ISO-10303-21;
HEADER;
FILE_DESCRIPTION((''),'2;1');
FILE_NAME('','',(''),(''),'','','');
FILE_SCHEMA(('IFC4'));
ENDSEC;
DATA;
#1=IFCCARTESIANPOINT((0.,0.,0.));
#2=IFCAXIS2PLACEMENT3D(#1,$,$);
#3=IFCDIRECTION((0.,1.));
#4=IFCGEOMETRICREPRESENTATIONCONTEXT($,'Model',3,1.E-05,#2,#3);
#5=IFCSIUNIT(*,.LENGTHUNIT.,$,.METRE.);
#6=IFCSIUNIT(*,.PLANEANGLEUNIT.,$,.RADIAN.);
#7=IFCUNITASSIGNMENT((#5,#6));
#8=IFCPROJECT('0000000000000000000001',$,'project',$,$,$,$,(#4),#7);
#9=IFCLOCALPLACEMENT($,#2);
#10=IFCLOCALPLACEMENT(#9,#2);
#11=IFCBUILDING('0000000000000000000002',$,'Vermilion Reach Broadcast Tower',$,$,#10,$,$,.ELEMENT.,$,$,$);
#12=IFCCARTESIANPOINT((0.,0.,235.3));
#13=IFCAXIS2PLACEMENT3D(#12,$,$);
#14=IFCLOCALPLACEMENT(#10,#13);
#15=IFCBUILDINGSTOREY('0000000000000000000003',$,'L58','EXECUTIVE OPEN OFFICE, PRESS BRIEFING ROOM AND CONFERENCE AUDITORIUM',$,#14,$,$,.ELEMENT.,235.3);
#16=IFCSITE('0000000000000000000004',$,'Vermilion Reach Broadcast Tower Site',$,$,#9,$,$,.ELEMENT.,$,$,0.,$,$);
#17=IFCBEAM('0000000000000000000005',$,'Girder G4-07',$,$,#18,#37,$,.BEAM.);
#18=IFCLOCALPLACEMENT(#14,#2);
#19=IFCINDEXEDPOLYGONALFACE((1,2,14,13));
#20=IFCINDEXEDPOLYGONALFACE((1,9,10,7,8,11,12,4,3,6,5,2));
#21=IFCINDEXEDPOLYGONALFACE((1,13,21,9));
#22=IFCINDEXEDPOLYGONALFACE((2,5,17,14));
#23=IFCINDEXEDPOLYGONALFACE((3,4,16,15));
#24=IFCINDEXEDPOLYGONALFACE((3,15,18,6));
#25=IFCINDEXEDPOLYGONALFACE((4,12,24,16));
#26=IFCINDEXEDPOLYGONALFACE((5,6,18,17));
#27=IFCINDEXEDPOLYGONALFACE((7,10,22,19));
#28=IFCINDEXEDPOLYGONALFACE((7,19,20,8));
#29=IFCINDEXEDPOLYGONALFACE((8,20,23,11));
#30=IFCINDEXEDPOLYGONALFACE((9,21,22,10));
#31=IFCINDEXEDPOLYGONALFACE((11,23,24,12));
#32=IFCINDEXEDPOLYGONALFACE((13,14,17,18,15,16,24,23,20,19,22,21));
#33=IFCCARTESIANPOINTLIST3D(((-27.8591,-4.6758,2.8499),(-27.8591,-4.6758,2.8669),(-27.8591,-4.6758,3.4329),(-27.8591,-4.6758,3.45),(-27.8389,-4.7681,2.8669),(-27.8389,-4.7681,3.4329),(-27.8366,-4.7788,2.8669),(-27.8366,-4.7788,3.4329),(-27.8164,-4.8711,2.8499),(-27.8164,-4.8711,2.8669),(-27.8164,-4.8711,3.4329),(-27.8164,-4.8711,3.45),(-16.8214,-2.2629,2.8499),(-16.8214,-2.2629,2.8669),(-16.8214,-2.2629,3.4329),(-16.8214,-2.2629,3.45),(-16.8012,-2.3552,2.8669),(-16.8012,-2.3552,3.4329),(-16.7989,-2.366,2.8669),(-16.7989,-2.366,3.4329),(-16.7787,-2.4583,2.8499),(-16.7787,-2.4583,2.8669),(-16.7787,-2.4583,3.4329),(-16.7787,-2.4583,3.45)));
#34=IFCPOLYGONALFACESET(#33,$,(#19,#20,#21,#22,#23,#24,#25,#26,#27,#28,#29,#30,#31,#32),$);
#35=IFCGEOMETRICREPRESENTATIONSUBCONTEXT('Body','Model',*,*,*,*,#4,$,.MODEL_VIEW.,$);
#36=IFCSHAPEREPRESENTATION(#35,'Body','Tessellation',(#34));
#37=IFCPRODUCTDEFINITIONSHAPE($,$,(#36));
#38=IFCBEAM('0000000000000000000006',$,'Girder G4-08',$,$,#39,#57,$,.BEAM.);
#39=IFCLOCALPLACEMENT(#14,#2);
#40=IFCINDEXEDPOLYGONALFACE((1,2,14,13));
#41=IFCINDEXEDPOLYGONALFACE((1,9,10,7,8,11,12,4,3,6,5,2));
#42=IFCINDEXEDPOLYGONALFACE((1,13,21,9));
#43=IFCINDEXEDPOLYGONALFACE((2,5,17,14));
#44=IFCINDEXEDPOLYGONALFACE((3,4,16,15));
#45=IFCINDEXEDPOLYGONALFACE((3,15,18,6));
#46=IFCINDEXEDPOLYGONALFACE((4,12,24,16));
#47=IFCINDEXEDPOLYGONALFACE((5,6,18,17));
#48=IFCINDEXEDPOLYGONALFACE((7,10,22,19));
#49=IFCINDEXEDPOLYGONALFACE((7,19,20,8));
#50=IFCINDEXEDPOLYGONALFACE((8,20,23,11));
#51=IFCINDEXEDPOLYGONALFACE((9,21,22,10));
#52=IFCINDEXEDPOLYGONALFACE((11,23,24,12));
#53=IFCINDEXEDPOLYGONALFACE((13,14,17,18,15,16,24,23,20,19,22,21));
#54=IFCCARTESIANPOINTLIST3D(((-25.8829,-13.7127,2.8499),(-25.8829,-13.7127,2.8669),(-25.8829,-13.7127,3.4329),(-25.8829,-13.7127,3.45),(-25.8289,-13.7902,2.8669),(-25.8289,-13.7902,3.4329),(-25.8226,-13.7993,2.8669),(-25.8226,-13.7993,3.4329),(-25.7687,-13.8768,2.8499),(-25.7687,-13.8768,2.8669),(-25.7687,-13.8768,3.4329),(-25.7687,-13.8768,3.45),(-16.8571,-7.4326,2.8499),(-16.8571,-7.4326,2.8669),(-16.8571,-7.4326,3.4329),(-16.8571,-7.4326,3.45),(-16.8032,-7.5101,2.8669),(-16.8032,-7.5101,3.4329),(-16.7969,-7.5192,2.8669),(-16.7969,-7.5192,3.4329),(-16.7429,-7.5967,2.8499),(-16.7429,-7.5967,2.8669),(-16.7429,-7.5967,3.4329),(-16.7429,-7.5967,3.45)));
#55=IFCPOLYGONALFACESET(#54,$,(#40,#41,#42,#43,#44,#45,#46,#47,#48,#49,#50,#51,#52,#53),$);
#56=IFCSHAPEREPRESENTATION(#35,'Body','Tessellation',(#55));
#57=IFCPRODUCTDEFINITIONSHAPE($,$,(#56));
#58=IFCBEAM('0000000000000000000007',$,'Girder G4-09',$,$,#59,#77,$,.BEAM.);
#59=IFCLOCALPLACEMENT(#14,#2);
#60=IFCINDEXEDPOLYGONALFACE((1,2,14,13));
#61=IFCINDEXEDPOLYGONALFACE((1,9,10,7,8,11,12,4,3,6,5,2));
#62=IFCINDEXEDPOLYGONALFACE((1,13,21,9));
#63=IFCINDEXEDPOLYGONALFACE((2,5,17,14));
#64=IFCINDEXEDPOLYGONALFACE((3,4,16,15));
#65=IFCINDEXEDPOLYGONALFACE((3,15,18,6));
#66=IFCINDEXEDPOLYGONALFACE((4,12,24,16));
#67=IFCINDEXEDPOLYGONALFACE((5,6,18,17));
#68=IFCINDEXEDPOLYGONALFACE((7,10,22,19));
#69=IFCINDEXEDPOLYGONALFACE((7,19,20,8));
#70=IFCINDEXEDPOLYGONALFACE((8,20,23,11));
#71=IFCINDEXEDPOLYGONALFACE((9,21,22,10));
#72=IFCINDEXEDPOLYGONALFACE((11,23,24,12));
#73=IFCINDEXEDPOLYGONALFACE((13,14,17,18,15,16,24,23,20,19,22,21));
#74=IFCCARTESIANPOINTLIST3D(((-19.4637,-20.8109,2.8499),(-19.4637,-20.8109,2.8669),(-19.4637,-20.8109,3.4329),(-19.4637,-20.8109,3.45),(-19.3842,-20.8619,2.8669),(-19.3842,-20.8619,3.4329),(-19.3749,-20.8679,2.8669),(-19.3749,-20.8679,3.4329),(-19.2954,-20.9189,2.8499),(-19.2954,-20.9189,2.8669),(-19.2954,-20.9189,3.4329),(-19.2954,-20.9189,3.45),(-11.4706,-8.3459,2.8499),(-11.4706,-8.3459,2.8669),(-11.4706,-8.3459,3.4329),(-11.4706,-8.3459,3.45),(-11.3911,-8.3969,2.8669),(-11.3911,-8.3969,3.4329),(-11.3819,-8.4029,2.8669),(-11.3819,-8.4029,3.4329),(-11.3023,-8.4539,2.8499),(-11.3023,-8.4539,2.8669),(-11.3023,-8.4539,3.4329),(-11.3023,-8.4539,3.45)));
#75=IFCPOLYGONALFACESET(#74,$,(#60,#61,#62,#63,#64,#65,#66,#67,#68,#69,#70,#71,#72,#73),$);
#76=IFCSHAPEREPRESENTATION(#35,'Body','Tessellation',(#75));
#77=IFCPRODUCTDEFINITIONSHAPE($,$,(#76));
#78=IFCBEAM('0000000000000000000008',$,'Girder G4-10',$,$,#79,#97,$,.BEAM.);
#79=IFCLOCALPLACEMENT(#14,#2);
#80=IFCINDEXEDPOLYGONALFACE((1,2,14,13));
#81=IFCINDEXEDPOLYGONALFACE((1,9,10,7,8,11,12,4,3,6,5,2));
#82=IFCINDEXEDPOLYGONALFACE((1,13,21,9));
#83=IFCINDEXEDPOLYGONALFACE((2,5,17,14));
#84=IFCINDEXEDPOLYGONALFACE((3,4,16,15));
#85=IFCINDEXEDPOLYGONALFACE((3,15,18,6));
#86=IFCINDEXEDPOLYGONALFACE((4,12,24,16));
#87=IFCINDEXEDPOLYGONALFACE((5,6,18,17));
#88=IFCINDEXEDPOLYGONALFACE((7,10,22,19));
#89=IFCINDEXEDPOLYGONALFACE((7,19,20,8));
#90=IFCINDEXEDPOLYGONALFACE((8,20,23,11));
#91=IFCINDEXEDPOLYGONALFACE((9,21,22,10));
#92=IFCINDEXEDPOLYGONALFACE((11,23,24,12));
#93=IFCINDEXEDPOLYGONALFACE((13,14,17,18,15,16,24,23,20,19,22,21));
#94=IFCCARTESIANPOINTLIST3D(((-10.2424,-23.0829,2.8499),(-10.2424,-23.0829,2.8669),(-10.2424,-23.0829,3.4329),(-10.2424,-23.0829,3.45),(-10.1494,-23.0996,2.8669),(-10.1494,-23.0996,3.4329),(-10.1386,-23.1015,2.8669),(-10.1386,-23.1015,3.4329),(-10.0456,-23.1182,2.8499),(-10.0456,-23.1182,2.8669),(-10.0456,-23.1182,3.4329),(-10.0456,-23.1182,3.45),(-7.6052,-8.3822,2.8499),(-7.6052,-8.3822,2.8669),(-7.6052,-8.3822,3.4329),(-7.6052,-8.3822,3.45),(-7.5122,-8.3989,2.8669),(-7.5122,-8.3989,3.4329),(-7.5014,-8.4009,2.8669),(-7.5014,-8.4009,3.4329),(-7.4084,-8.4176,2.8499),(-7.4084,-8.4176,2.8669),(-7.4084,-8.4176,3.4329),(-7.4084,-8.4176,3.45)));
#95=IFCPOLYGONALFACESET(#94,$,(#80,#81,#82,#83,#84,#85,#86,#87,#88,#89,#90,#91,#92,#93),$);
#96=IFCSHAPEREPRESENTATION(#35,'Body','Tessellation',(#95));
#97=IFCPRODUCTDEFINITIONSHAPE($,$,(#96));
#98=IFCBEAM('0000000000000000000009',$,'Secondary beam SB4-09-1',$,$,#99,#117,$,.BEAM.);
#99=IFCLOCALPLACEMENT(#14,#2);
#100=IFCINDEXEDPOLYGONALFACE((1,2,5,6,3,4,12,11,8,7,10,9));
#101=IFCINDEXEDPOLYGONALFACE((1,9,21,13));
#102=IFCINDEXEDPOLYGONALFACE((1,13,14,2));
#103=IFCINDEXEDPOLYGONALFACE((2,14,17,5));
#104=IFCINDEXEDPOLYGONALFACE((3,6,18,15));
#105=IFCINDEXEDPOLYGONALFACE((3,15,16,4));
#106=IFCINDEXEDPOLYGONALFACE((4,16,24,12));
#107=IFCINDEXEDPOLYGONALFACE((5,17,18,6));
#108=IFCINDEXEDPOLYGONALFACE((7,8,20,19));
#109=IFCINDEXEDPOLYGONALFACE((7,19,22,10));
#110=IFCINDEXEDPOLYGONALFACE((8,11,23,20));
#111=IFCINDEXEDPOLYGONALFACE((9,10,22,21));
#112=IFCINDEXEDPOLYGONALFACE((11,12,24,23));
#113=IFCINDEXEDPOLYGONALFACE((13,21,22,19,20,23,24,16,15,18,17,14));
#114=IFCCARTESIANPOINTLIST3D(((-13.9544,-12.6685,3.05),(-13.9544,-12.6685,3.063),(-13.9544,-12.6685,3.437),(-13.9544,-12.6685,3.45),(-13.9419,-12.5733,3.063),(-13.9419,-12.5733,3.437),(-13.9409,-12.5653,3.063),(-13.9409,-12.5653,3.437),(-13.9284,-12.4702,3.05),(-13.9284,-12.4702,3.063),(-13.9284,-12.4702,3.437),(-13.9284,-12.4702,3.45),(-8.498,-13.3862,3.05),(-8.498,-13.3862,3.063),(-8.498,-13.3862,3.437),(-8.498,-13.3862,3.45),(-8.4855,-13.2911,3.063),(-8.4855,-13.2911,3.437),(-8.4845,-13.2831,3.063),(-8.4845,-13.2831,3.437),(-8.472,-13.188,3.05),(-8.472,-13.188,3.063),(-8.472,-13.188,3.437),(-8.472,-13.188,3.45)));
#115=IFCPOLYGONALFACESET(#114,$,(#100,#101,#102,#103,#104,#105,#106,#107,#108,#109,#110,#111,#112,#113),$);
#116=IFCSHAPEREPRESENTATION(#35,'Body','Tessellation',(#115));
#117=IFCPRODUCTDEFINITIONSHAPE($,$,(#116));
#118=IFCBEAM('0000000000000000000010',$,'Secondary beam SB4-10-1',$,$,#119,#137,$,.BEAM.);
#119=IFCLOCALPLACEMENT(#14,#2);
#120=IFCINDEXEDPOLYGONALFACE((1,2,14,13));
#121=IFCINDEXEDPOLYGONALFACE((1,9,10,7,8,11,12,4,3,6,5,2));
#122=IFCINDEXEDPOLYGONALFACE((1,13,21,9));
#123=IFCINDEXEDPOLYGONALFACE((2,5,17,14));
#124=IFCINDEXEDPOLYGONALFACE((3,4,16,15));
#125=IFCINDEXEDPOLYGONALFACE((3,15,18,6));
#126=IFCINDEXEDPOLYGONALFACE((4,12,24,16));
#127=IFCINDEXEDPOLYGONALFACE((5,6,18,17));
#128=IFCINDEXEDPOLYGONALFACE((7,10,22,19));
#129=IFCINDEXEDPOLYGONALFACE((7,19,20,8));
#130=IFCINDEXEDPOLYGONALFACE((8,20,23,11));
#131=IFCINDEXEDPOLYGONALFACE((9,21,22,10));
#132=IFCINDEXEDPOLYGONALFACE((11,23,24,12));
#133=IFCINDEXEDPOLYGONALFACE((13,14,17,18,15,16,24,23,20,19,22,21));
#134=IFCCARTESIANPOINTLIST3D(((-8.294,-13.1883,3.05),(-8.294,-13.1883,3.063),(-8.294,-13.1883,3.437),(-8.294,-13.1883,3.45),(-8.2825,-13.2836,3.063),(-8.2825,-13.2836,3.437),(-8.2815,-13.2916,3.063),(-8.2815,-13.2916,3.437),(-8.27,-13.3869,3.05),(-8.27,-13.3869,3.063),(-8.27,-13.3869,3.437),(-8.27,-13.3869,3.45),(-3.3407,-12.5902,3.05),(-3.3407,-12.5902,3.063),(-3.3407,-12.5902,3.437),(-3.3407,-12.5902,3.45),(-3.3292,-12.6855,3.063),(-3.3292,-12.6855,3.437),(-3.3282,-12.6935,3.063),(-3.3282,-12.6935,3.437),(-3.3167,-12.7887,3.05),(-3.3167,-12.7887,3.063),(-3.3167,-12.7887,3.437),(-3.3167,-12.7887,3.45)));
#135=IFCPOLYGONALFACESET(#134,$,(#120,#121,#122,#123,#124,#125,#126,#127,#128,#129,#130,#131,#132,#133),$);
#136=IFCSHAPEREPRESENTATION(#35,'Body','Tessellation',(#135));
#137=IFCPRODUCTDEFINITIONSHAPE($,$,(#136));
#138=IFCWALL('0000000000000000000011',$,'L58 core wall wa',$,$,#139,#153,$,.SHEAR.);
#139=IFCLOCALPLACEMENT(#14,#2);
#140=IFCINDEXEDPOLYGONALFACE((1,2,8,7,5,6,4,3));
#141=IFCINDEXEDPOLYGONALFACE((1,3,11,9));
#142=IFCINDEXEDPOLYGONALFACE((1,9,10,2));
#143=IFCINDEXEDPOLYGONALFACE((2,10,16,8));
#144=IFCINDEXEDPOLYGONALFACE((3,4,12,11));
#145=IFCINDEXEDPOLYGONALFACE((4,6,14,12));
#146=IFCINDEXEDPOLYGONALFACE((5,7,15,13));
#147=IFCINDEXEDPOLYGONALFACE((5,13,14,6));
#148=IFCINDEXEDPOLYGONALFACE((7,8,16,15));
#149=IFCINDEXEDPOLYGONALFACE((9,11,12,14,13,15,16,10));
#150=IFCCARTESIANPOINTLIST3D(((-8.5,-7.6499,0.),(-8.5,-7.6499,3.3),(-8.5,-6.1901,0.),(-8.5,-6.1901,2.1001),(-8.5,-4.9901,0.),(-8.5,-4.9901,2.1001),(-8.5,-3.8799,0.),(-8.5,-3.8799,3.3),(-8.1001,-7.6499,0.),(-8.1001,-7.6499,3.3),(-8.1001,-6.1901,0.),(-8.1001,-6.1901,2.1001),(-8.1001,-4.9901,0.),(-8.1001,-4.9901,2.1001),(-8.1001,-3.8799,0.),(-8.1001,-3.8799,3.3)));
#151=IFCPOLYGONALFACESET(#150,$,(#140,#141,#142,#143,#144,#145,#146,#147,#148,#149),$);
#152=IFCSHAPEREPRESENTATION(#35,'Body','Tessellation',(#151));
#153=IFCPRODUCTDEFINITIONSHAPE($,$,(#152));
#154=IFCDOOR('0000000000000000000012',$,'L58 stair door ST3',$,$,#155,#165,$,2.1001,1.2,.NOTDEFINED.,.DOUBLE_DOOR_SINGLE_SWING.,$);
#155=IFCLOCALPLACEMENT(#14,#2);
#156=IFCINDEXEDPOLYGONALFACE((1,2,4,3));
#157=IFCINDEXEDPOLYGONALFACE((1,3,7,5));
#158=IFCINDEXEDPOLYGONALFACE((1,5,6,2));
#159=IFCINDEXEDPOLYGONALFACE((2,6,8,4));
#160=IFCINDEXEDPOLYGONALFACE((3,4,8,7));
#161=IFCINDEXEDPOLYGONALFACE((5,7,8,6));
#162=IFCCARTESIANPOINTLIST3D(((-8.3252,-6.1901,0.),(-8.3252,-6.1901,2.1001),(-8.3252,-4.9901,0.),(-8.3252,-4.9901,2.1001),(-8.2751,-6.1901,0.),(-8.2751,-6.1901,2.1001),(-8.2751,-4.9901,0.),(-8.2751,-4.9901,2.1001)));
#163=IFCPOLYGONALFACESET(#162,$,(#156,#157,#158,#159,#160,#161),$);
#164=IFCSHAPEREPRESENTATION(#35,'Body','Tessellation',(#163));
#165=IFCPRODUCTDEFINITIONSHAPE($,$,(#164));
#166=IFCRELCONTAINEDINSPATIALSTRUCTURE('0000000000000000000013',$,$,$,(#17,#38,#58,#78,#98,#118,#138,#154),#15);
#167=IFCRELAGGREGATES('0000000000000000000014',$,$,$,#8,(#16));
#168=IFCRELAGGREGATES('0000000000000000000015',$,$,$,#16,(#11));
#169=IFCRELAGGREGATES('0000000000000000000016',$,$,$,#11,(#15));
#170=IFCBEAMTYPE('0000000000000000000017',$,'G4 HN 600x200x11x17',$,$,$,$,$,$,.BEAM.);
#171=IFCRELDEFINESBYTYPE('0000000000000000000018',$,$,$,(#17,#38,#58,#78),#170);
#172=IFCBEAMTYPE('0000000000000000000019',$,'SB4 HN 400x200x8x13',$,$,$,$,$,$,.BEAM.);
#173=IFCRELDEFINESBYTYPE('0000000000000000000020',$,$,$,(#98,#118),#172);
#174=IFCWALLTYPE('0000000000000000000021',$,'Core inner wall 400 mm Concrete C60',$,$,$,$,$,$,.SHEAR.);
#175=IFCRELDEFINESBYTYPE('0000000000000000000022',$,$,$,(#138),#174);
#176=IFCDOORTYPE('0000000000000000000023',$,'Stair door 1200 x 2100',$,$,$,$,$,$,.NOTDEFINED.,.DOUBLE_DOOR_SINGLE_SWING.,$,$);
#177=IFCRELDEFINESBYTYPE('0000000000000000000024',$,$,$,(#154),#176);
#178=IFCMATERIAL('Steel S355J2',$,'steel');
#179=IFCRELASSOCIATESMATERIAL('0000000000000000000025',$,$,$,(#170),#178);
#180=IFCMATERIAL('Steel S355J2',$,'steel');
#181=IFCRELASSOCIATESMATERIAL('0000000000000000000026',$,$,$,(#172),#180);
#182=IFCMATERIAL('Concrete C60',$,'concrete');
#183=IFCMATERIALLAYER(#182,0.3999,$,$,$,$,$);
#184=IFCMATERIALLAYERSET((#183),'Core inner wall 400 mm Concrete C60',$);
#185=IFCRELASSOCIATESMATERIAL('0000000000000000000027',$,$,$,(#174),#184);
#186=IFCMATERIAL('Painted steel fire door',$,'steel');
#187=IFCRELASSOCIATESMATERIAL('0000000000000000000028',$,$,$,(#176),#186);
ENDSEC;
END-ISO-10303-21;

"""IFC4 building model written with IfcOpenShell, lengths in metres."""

from ifc_helpers import new_model, si_unit, direction, frame, frame_2d, origin, origin_2d, place, context, subcontext, project, spatial, rectangle, i_section, extrude, material, layer, layer_set, material_profile, profile_set, type_object, element, fill, save


model = new_model("IFC4")

# Units and contexts
model_context = context("Model", 3, precision=1e-05, world=origin(), true_north=direction((0.0, 1.0)))
body_context = subcontext(model_context, "Body", "Model", "MODEL_VIEW")
ifc_project = project(units=[si_unit("LENGTHUNIT", "METRE"), si_unit("PLANEANGLEUNIT", "RADIAN")], contexts=[model_context])

# Site, building, storey
site_placement = place(None, origin())
site = spatial("IfcSite", under=ifc_project, at=site_placement, Name="Vermilion Reach Broadcast Tower Site", CompositionType="ELEMENT", RefElevation=0.0)
building_placement = place(site_placement, origin())
building = spatial("IfcBuilding", under=site, at=building_placement, Name="Vermilion Reach Broadcast Tower", CompositionType="ELEMENT")
storey_placement = place(building_placement, frame((0.0, 0.0, 235.3)))
storey = spatial("IfcBuildingStorey", under=building, at=storey_placement, Name="L58", Description="EXECUTIVE OPEN OFFICE, PRESS BRIEFING ROOM AND CONFERENCE AUDITORIUM", CompositionType="ELEMENT", Elevation=235.3)

# Beams
ifc_material_1 = material(Name="Steel S355J2", Category="steel")
ifc_material_profile_1 = material_profile(ifc_material_1, i_section(OverallWidth=0.2, OverallDepth=0.6001, WebThickness=0.011, FlangeThickness=0.0171, at=origin_2d()), Name="S355J2 HN 600x200x11x17")
ifc_profile_set_1 = profile_set([ifc_material_profile_1], Name="Steel S355J2")
beam_type_1 = type_object("IfcBeamType", Name="G4 HN 600x200x11x17", PredefinedType="BEAM", material=ifc_profile_set_1)
beam_1_placement = place(storey_placement, frame((-16.8, -2.3606, 3.1499), z_axis=(-0.97693, -0.213559, 0.0), x_axis=(0.213559, -0.97693, 0.0)))
element("IfcBeam", 1, at=beam_1_placement, inside=storey, type_object=beam_type_1, Name="Girder G4-07", PredefinedType="BEAM", context=body_context, shape_type="SweptSolid", body=[
    extrude(i_section(OverallWidth=0.2, OverallDepth=0.6001, WebThickness=0.011, FlangeThickness=0.0171, at=origin_2d()), origin(), (0.0, 0.0, 1.0), 11.2983),
])
beam_2_placement = place(storey_placement, frame((-16.8, -7.5146, 3.1499), z_axis=(-0.820849, -0.571146, 0.0), x_axis=(0.571146, -0.820849, 0.0)))
element("IfcBeam", 2, at=beam_2_placement, inside=storey, type_object=beam_type_1, Name="Girder G4-08", PredefinedType="BEAM", context=body_context, shape_type="SweptSolid", body=[
    extrude(i_section(OverallWidth=0.2, OverallDepth=0.6001, WebThickness=0.011, FlangeThickness=0.0171, at=origin_2d()), origin(), (0.0, 0.0, 1.0), 10.9956),
])
beam_3_placement = place(storey_placement, frame((-11.3865, -8.3999, 3.1499), z_axis=(-0.539796, -0.841796, 0.0), x_axis=(0.841796, -0.539796, 0.0)))
element("IfcBeam", 3, at=beam_3_placement, inside=storey, type_object=beam_type_1, Name="Girder G4-09", PredefinedType="BEAM", context=body_context, shape_type="SweptSolid", body=[
    extrude(i_section(OverallWidth=0.2, OverallDepth=0.6001, WebThickness=0.011, FlangeThickness=0.0171, at=origin_2d()), origin(), (0.0, 0.0, 1.0), 14.8076),
])
beam_4_placement = place(storey_placement, frame((-7.5068, -8.3999, 3.1499), z_axis=(-0.176575, -0.984287, 0.0), x_axis=(0.984287, -0.176575, 0.0)))
element("IfcBeam", 4, at=beam_4_placement, inside=storey, type_object=beam_type_1, Name="Girder G4-10", PredefinedType="BEAM", context=body_context, shape_type="SweptSolid", body=[
    extrude(i_section(OverallWidth=0.2, OverallDepth=0.6001, WebThickness=0.011, FlangeThickness=0.0171, at=origin_2d()), origin(), (0.0, 0.0, 1.0), 14.9353),
])
ifc_material_2 = material(Name="Steel S355J2", Category="steel")
ifc_material_profile_2 = material_profile(ifc_material_2, i_section(OverallWidth=0.2, OverallDepth=0.3999, WebThickness=0.0081, FlangeThickness=0.0129, at=origin_2d()), Name="S355J2 HN 400x200x8x13")
ifc_profile_set_2 = profile_set([ifc_material_profile_2], Name="Steel S355J2")
beam_type_2 = type_object("IfcBeamType", Name="SB4 HN 400x200x8x13", PredefinedType="BEAM", material=ifc_profile_set_2)
beam_5_placement = place(storey_placement, frame((-13.9414, -12.5693, 3.25), z_axis=(0.991458, -0.130426, 0.0), x_axis=(0.130426, 0.991458, 0.0)))
element("IfcBeam", 5, at=beam_5_placement, inside=storey, type_object=beam_type_2, Name="Secondary beam SB4-09-1", PredefinedType="BEAM", context=body_context, shape_type="SweptSolid", body=[
    extrude(i_section(OverallWidth=0.2, OverallDepth=0.3999, WebThickness=0.0081, FlangeThickness=0.0129, at=origin_2d()), origin(), (0.0, 0.0, 1.0), 5.5034),
])
beam_6_placement = place(storey_placement, frame((-8.282, -13.2876, 3.25), z_axis=(0.992788, 0.119884, 0.0), x_axis=(-0.119884, 0.992788, 0.0)))
element("IfcBeam", 6, at=beam_6_placement, inside=storey, type_object=beam_type_2, Name="Secondary beam SB4-10-1", PredefinedType="BEAM", context=body_context, shape_type="SweptSolid", body=[
    extrude(i_section(OverallWidth=0.2, OverallDepth=0.3999, WebThickness=0.0081, FlangeThickness=0.0129, at=origin_2d()), origin(), (0.0, 0.0, 1.0), 4.9893),
])

# Wall, opening, door
ifc_material_3 = material(Name="Concrete C60", Category="concrete")
ifc_layer_1 = layer(ifc_material_3, 0.3999)
ifc_layer_set_1 = layer_set([ifc_layer_1], Name="Core inner wall 400 mm Concrete C60")
wall_type_1 = type_object("IfcWallType", Name="Core inner wall 400 mm Concrete C60", PredefinedType="SHEAR", material=ifc_layer_set_1)
wall_1_placement = place(storey_placement, frame((-8.3, -3.8799, 0.0), z_axis=(0.0, 0.0, 1.0), x_axis=(0.0, -1.0, 0.0)))
wall_1 = element("IfcWall", 7, at=wall_1_placement, inside=storey, type_object=wall_type_1, Name="L58 core wall wa", PredefinedType="SHEAR", context=body_context, shape_type="SweptSolid", body=[
    extrude(rectangle(XDim=3.77, YDim=0.3999, at=frame_2d((1.885, 0.0))), origin(), (0.0, 0.0, 1.0), 3.3),
])
opening_1_placement = place(wall_1_placement, frame((1.1101, 0.0, 0.0)))
opening_1 = element("IfcOpeningElement", 8, at=opening_1_placement, cuts=wall_1, PredefinedType="OPENING", context=body_context, shape_type="SweptSolid", body=[
    extrude(rectangle(XDim=1.2, YDim=2.1001, at=frame_2d((0.6001, 1.05))), frame((0.0, 0.21, 0.0), z_axis=(0.0, -1.0, 0.0), x_axis=(1.0, 0.0, 0.0)), (0.0, 0.0, 1.0), 0.4199),
])
ifc_material_4 = material(Name="Painted steel fire door", Category="steel")
door_type_1 = type_object("IfcDoorType", Name="Stair door 1200 x 2100", OperationType="DOUBLE_DOOR_SINGLE_SWING", PredefinedType="NOTDEFINED", material=ifc_material_4)
door_1_placement = place(opening_1_placement, origin())
door_1 = element("IfcDoor", 9, at=door_1_placement, inside=storey, type_object=door_type_1, Name="L58 stair door ST3", OperationType="DOUBLE_DOOR_SINGLE_SWING", OverallHeight=2.1001, OverallWidth=1.2, PredefinedType="NOTDEFINED", context=body_context, shape_type="SweptSolid", body=[
    extrude(rectangle(XDim=1.2, YDim=2.1001, at=frame_2d((0.6001, 1.05))), frame((0.0, 0.0249, 0.0), z_axis=(0.0, -1.0, 0.0), x_axis=(1.0, 0.0, 0.0)), (0.0, 0.0, 1.0), 0.05),
])
fill(opening_1, door_1)

save(model, "model.ifc")
